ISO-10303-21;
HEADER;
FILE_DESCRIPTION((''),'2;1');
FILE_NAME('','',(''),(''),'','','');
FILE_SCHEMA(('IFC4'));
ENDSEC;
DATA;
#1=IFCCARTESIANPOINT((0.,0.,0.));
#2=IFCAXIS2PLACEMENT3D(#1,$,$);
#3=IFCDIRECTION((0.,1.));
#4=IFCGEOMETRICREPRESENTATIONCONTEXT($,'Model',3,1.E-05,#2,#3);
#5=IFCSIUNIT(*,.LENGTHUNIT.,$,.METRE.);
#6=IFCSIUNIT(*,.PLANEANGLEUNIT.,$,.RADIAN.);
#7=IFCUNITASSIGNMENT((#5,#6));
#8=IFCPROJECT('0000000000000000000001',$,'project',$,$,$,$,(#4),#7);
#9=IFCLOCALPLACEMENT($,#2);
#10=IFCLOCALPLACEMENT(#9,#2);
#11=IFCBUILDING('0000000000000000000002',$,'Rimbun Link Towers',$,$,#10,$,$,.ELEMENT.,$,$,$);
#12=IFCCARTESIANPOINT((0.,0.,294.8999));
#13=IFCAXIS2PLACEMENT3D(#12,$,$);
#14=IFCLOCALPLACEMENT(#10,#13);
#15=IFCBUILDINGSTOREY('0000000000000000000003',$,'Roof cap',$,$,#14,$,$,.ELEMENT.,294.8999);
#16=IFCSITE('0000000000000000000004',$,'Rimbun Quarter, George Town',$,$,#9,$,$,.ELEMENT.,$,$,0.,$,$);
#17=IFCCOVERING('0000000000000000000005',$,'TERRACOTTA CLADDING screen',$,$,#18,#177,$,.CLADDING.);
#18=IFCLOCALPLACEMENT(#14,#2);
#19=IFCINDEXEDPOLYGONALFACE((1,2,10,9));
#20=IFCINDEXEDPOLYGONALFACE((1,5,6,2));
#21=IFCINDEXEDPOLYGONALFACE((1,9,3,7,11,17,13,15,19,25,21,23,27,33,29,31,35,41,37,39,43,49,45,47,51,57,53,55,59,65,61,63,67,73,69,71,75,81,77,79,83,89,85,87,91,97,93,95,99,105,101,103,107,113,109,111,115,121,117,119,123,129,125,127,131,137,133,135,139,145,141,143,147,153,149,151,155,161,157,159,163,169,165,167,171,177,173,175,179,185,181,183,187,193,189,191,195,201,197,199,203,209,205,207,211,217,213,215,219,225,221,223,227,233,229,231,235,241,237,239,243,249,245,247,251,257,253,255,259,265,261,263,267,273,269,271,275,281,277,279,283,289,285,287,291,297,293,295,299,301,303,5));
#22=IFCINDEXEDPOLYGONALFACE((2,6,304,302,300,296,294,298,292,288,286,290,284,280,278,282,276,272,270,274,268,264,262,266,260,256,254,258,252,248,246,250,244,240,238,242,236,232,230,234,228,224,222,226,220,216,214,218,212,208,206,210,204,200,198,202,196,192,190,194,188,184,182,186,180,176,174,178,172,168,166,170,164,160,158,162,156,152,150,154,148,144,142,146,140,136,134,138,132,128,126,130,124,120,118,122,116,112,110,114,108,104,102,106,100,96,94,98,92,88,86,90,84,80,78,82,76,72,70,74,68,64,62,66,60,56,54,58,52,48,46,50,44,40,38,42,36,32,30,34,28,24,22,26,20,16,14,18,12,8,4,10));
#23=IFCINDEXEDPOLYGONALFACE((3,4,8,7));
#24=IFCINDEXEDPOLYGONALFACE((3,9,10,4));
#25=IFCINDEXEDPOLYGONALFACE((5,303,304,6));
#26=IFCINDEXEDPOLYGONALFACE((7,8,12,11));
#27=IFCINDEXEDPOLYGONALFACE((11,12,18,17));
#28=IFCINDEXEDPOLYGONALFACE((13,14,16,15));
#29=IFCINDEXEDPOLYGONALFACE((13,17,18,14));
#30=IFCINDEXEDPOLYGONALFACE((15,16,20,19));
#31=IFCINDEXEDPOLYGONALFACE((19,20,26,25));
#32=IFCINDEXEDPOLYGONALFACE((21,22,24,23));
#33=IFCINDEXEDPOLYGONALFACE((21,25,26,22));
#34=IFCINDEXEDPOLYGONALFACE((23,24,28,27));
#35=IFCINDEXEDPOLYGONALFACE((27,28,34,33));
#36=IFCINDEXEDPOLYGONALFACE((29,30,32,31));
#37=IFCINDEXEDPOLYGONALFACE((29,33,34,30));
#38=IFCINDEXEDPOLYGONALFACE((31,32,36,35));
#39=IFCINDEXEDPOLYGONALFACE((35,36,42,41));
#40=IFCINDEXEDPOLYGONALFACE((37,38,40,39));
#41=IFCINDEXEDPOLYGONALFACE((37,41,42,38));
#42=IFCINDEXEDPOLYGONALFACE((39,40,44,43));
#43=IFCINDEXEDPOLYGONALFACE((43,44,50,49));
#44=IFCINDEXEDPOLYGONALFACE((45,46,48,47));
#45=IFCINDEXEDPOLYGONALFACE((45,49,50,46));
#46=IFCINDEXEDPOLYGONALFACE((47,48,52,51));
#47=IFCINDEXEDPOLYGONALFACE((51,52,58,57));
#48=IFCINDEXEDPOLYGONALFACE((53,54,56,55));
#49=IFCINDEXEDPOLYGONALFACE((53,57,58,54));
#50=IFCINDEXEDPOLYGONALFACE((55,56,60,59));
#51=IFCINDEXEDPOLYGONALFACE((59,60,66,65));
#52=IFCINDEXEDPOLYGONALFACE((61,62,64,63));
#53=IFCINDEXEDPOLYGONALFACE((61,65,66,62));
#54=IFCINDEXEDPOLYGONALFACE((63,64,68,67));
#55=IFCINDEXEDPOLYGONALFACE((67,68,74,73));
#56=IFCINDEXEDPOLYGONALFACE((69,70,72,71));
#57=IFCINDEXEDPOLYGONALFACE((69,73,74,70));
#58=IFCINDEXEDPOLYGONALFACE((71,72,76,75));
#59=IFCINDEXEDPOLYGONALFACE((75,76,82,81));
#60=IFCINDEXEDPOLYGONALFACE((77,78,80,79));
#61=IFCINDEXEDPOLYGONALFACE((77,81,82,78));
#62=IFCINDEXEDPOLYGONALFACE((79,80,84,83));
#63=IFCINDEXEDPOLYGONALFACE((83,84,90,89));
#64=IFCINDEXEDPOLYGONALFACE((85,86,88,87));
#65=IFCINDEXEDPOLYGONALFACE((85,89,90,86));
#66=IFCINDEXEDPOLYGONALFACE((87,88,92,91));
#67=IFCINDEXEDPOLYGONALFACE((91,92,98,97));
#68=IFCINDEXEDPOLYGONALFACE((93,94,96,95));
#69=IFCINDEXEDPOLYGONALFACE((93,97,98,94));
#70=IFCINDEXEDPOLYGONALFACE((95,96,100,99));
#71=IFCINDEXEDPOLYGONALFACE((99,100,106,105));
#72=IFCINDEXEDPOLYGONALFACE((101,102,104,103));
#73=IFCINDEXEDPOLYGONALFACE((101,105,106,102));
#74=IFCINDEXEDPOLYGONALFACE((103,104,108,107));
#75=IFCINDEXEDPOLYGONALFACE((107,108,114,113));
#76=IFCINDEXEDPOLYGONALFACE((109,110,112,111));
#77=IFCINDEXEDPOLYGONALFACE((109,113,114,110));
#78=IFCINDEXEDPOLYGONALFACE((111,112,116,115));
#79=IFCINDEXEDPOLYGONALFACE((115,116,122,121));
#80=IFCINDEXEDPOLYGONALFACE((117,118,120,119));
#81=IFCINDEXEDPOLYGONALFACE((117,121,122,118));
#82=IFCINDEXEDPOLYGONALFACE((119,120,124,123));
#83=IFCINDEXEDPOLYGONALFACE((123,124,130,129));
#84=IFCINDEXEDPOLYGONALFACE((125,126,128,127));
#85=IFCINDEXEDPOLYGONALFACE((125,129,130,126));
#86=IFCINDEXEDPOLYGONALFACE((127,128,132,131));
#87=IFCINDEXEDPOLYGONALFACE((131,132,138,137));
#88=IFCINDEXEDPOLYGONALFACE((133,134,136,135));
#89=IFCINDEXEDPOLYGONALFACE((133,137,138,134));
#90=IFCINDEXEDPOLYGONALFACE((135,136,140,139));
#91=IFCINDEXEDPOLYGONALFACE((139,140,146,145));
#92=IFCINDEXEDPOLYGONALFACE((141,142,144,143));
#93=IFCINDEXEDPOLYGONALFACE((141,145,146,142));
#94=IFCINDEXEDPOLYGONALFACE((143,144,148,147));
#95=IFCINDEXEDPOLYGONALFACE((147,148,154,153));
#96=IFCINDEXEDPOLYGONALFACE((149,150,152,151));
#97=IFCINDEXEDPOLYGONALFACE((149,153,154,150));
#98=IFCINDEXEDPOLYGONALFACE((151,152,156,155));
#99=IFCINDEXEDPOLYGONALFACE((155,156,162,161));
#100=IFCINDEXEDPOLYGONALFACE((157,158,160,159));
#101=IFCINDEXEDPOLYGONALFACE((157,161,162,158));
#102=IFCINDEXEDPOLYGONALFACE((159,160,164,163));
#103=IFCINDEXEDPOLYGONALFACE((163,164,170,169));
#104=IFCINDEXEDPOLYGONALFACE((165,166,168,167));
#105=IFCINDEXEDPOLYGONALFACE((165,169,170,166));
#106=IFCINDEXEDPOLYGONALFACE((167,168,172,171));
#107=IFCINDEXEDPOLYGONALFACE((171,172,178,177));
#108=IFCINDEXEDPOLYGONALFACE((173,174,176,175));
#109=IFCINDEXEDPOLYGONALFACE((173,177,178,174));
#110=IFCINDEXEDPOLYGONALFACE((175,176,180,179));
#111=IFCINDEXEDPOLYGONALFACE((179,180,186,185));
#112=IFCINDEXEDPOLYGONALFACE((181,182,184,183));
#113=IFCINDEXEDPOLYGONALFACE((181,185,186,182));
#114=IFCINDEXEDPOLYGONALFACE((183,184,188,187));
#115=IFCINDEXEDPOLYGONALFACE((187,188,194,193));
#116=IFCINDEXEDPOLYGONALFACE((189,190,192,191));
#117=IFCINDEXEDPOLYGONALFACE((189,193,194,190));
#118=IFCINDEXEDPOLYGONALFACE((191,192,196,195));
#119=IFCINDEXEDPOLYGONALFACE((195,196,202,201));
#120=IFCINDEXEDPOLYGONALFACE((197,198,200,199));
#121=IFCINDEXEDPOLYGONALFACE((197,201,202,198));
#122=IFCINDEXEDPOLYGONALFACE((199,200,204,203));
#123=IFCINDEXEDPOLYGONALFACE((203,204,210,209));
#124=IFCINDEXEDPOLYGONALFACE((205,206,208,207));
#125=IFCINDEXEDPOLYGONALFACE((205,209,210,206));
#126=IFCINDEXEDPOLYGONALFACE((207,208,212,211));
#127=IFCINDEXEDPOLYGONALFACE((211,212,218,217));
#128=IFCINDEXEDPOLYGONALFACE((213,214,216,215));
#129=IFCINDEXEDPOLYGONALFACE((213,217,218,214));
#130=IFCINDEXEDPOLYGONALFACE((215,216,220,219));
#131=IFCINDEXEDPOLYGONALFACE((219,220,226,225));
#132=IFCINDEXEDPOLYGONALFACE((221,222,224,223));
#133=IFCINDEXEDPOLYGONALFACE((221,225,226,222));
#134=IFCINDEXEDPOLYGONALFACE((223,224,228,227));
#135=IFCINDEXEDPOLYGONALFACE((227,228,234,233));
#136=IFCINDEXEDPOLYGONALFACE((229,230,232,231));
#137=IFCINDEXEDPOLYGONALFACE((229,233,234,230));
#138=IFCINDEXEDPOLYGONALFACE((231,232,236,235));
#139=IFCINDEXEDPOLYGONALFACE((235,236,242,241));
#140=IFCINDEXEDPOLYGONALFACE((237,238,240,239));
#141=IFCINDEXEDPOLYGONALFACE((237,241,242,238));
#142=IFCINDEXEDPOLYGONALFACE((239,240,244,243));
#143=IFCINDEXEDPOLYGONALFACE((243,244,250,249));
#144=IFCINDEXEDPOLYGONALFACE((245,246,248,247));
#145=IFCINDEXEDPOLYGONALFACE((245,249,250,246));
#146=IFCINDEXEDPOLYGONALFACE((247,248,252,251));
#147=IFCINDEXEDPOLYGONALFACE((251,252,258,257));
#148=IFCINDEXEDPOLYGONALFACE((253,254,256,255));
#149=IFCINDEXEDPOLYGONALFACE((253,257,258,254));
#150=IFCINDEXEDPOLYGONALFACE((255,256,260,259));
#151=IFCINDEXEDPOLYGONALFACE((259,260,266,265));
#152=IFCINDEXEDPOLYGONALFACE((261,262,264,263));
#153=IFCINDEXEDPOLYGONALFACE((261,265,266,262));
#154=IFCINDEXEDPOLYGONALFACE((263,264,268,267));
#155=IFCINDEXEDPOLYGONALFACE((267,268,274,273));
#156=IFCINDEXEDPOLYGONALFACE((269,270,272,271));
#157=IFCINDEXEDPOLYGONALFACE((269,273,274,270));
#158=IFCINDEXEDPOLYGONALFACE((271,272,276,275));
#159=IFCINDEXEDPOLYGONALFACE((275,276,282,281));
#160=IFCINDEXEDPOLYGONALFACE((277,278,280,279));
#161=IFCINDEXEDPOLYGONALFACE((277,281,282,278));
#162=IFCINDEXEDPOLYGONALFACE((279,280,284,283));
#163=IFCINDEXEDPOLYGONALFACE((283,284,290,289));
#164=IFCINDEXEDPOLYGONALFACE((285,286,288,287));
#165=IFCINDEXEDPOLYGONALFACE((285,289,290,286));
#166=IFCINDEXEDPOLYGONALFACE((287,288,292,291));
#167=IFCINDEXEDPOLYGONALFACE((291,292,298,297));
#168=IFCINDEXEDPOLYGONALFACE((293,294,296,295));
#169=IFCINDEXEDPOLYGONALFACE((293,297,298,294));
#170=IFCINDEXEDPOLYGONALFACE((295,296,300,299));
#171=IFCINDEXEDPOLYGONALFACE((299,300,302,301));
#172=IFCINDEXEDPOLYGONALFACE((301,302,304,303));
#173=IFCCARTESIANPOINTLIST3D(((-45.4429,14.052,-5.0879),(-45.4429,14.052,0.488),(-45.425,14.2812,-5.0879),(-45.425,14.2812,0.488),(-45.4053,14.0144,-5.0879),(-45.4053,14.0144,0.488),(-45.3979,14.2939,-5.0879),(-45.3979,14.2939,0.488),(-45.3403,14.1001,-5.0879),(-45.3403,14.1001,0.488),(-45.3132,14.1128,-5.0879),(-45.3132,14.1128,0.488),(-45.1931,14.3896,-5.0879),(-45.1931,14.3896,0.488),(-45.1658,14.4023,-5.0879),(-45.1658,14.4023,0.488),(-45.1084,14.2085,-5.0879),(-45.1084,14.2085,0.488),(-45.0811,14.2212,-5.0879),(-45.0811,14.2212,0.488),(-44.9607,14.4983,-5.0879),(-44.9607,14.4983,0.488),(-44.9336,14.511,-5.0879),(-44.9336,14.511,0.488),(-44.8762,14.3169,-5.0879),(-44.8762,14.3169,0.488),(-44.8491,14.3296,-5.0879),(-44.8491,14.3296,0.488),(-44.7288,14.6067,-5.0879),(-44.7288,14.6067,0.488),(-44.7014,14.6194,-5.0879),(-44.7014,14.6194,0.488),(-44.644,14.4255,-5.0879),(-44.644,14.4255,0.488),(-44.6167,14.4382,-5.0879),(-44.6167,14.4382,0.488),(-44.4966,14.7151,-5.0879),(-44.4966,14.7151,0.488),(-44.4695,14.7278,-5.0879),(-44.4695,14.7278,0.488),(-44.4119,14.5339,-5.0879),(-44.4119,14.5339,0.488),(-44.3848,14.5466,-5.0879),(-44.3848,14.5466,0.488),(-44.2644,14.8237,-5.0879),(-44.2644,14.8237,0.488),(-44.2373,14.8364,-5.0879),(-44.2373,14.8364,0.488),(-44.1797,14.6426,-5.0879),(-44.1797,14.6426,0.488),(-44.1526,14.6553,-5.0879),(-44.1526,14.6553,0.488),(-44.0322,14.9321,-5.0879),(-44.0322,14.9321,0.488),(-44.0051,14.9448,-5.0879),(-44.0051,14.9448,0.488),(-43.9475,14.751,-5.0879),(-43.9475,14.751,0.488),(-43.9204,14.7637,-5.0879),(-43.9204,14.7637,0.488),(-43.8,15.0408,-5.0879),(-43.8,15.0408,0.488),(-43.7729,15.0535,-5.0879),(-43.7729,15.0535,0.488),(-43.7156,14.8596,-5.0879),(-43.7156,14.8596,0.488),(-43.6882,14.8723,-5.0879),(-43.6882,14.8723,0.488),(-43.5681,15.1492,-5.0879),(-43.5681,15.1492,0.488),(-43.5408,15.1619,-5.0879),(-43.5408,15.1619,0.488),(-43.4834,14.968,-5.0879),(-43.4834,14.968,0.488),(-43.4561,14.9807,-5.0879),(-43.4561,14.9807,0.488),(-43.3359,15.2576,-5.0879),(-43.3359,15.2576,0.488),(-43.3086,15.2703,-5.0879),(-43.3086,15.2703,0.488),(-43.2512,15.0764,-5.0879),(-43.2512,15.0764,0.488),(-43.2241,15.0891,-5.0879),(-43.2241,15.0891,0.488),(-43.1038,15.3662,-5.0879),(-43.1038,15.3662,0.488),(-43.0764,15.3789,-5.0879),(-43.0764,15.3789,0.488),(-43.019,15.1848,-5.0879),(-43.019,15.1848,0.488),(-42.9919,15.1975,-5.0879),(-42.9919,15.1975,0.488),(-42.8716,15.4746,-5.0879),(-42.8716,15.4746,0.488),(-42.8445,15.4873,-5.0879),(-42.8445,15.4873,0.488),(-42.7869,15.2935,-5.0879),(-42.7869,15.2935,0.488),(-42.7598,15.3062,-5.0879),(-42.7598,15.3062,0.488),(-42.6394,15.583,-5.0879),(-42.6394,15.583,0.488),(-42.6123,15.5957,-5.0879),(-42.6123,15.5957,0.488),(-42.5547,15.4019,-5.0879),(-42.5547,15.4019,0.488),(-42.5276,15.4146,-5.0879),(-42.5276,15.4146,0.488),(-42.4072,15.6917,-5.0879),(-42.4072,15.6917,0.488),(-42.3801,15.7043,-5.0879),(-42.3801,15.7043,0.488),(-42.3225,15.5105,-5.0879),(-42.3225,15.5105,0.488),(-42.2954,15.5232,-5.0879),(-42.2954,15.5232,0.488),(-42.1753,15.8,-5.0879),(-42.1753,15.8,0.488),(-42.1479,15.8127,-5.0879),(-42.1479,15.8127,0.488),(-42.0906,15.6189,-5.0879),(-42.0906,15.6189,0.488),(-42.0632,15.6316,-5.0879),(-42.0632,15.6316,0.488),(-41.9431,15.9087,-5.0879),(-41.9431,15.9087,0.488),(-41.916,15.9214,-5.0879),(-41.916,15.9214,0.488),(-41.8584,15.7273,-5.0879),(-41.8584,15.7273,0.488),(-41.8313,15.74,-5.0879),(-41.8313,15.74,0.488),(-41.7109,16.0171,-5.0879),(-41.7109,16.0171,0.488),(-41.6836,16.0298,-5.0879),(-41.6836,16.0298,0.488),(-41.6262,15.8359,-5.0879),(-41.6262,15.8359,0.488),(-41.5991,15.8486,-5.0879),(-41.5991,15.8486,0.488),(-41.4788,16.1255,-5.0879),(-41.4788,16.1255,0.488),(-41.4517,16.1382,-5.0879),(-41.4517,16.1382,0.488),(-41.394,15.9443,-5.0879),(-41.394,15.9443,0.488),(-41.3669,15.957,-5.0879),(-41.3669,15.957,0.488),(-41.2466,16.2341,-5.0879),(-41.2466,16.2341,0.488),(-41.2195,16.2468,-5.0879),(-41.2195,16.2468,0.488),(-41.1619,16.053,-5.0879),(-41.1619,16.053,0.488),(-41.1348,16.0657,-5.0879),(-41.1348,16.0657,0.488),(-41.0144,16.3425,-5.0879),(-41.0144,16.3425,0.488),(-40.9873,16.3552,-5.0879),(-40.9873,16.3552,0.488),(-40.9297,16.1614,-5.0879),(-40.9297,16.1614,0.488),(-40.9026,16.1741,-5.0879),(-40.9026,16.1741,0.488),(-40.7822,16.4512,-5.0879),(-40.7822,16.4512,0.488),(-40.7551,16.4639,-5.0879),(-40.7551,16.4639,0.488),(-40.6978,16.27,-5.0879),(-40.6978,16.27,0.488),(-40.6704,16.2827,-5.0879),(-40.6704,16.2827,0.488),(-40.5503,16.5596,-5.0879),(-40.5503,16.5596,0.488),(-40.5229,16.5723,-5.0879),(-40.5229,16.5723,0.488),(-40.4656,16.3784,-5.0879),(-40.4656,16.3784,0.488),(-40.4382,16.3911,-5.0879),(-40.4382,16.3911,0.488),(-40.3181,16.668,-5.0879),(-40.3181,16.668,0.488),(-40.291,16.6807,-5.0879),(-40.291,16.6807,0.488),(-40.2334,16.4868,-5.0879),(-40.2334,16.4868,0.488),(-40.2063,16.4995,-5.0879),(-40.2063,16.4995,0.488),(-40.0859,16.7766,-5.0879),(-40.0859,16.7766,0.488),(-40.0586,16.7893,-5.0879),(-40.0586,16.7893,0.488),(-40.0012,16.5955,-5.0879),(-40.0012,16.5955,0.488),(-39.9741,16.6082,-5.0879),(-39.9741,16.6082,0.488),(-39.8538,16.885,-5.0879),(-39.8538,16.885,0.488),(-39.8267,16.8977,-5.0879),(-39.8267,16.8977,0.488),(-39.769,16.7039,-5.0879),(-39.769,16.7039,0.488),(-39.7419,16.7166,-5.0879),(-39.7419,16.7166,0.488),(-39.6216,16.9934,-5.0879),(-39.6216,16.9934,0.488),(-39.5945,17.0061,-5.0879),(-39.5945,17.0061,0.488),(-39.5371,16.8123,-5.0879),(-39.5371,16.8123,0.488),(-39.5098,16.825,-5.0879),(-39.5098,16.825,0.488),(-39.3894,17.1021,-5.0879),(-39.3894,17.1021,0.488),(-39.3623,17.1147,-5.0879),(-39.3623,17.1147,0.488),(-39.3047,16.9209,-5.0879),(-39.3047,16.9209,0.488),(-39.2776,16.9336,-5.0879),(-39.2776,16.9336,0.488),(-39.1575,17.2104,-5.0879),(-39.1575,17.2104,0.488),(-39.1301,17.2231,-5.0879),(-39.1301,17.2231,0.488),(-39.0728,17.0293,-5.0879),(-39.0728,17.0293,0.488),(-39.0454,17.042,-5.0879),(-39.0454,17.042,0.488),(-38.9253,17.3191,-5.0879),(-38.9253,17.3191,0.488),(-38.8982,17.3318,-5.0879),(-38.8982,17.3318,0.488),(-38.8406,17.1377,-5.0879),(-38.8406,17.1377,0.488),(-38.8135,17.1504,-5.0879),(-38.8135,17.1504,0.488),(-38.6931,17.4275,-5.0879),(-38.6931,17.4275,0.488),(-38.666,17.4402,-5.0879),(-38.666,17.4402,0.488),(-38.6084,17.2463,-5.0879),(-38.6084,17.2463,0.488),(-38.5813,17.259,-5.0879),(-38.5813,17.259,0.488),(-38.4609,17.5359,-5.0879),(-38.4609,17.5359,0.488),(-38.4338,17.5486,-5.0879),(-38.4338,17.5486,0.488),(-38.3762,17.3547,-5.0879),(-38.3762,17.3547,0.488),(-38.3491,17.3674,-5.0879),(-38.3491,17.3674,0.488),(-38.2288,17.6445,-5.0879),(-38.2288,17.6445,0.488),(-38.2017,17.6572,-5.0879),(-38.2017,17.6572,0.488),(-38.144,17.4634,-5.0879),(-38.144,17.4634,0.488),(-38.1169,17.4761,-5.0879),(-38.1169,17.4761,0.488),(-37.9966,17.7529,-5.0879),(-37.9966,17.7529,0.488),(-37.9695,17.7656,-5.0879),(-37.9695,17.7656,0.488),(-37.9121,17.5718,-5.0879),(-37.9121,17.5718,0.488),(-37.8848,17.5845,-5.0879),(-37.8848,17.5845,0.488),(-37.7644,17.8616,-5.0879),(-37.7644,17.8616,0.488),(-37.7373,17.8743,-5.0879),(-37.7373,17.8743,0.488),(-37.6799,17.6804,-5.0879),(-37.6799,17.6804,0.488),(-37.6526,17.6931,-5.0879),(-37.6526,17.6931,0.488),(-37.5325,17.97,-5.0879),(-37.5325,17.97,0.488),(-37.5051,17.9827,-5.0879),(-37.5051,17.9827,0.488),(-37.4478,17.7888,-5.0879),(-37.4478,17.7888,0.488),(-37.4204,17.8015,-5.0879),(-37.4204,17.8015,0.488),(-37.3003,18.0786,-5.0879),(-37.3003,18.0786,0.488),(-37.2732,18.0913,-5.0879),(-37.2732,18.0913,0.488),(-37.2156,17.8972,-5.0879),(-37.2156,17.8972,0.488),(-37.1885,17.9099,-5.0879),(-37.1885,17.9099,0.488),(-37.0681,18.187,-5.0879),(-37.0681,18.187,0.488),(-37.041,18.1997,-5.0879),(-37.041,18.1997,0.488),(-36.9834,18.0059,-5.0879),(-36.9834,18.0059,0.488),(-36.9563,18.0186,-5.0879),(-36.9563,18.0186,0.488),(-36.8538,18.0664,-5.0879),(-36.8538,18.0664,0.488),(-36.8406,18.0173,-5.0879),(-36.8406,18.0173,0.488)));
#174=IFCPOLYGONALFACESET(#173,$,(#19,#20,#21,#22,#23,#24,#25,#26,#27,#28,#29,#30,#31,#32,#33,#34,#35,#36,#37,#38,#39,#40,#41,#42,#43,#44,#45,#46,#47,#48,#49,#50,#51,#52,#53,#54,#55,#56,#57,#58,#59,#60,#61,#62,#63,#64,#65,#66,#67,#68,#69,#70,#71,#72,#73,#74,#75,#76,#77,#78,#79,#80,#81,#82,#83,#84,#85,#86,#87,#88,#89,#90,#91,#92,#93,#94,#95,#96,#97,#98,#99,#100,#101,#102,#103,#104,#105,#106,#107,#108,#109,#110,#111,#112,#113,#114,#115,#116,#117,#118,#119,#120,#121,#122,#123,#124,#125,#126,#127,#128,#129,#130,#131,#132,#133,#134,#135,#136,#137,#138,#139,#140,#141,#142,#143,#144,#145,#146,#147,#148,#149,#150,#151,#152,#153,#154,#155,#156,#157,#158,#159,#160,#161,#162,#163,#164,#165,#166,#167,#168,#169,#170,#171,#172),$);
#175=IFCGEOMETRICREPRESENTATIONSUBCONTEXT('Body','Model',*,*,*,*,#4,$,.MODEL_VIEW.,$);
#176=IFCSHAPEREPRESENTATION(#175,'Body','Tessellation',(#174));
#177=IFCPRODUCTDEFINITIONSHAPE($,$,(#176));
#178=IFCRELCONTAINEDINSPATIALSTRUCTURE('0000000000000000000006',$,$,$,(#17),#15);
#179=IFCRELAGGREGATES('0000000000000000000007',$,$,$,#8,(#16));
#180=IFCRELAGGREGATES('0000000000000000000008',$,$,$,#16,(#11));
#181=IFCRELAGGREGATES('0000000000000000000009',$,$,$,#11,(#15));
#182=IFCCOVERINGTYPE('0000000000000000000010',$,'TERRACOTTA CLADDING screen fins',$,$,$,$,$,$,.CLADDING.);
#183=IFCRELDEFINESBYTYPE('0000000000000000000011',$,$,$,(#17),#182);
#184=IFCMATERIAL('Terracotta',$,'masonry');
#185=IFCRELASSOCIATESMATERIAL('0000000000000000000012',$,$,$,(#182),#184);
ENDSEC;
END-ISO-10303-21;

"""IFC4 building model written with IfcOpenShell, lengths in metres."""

from ifc_helpers import new_model, si_unit, direction, frame, origin, place, context, subcontext, project, spatial, polyline, outline, extrude, material, type_object, element, save


model = new_model("IFC4")

# Units and contexts
model_context = context("Model", 3, precision=1e-05, world=origin(), true_north=direction((0.0, 1.0)))
body_context = subcontext(model_context, "Body", "Model", "MODEL_VIEW")
ifc_project = project(units=[si_unit("LENGTHUNIT", "METRE"), si_unit("PLANEANGLEUNIT", "RADIAN")], contexts=[model_context])

# Site, building, storey
site_placement = place(None, origin())
site = spatial("IfcSite", under=ifc_project, at=site_placement, Name="Rimbun Quarter, George Town", CompositionType="ELEMENT", RefElevation=0.0)
building_placement = place(site_placement, origin())
building = spatial("IfcBuilding", under=site, at=building_placement, Name="Rimbun Link Towers", CompositionType="ELEMENT")
storey_placement = place(building_placement, frame((0.0, 0.0, 294.8999)))
storey = spatial("IfcBuildingStorey", under=building, at=storey_placement, Name="Roof cap", CompositionType="ELEMENT", Elevation=294.8999)

# Covering
ifc_material = material(Name="Terracotta", Category="masonry")
covering_type = type_object("IfcCoveringType", Name="TERRACOTTA CLADDING screen fins", PredefinedType="CLADDING", material=ifc_material)
covering_1_placement = place(storey_placement, frame((0.0, 0.0, -5.0879)))
element("IfcCovering", 1, at=covering_1_placement, inside=storey, type_object=covering_type, Name="TERRACOTTA CLADDING screen", PredefinedType="CLADDING", context=body_context, shape_type="SweptSolid", body=[
    extrude(outline(polyline([(-36.8538, 18.0664), (-36.9563, 18.0186), (-37.041, 18.1997), (-37.0681, 18.187), (-36.9834, 18.0059), (-37.1885, 17.9099), (-37.2732, 18.0913), (-37.3003, 18.0786), (-37.2156, 17.8972), (-37.4204, 17.8015), (-37.5051, 17.9827), (-37.5325, 17.97), (-37.4478, 17.7888), (-37.6526, 17.6931), (-37.7373, 17.8743), (-37.7644, 17.8616), (-37.6799, 17.6804), (-37.8848, 17.5845), (-37.9695, 17.7656), (-37.9966, 17.7529), (-37.9121, 17.5718), (-38.1169, 17.4761), (-38.2017, 17.6572), (-38.2288, 17.6445), (-38.144, 17.4634), (-38.3491, 17.3674), (-38.4338, 17.5486), (-38.4609, 17.5359), (-38.3762, 17.3547), (-38.5813, 17.259), (-38.666, 17.4402), (-38.6931, 17.4275), (-38.6084, 17.2463), (-38.8135, 17.1504), (-38.8982, 17.3318), (-38.9253, 17.3191), (-38.8406, 17.1377), (-39.0454, 17.042), (-39.1301, 17.2231), (-39.1575, 17.2104), (-39.0728, 17.0293), (-39.2776, 16.9336), (-39.3623, 17.1147), (-39.3894, 17.1021), (-39.3047, 16.9209), (-39.5098, 16.825), (-39.5945, 17.0061), (-39.6216, 16.9934), (-39.5371, 16.8123), (-39.7419, 16.7166), (-39.8267, 16.8977), (-39.8538, 16.885), (-39.769, 16.7039), (-39.9741, 16.6082), (-40.0586, 16.7893), (-40.0859, 16.7766), (-40.0012, 16.5955), (-40.2063, 16.4995), (-40.291, 16.6807), (-40.3181, 16.668), (-40.2334, 16.4868), (-40.4382, 16.3911), (-40.5229, 16.5723), (-40.5503, 16.5596), (-40.4656, 16.3784), (-40.6704, 16.2827), (-40.7551, 16.4639), (-40.7822, 16.4512), (-40.6978, 16.27), (-40.9026, 16.1741), (-40.9873, 16.3552), (-41.0144, 16.3425), (-40.9297, 16.1614), (-41.1348, 16.0657), (-41.2195, 16.2468), (-41.2466, 16.2341), (-41.1619, 16.053), (-41.3669, 15.957), (-41.4517, 16.1382), (-41.4788, 16.1255), (-41.394, 15.9443), (-41.5991, 15.8486), (-41.6836, 16.0298), (-41.7109, 16.0171), (-41.6262, 15.8359), (-41.8313, 15.74), (-41.916, 15.9214), (-41.9431, 15.9087), (-41.8584, 15.7273), (-42.0632, 15.6316), (-42.1479, 15.8127), (-42.1753, 15.8), (-42.0906, 15.6189), (-42.2954, 15.5232), (-42.3801, 15.7043), (-42.4072, 15.6917), (-42.3225, 15.5105), (-42.5276, 15.4146), (-42.6123, 15.5957), (-42.6394, 15.583), (-42.5547, 15.4019), (-42.7598, 15.3062), (-42.8445, 15.4873), (-42.8716, 15.4746), (-42.7869, 15.2935), (-42.9919, 15.1975), (-43.0764, 15.3789), (-43.1038, 15.3662), (-43.019, 15.1848), (-43.2241, 15.0891), (-43.3086, 15.2703), (-43.3359, 15.2576), (-43.2512, 15.0764), (-43.4561, 14.9807), (-43.5408, 15.1619), (-43.5681, 15.1492), (-43.4834, 14.968), (-43.6882, 14.8723), (-43.7729, 15.0535), (-43.8, 15.0408), (-43.7156, 14.8596), (-43.9204, 14.7637), (-44.0051, 14.9448), (-44.0322, 14.9321), (-43.9475, 14.751), (-44.1526, 14.6553), (-44.2373, 14.8364), (-44.2644, 14.8237), (-44.1797, 14.6426), (-44.3848, 14.5466), (-44.4695, 14.7278), (-44.4966, 14.7151), (-44.4119, 14.5339), (-44.6167, 14.4382), (-44.7014, 14.6194), (-44.7288, 14.6067), (-44.644, 14.4255), (-44.8491, 14.3296), (-44.9336, 14.511), (-44.9607, 14.4983), (-44.8762, 14.3169), (-45.0811, 14.2212), (-45.1658, 14.4023), (-45.1931, 14.3896), (-45.1084, 14.2085), (-45.3132, 14.1128), (-45.3979, 14.2939), (-45.425, 14.2812), (-45.3403, 14.1001), (-45.4429, 14.052), (-45.4053, 14.0144), (-36.8406, 18.0173), (-36.8538, 18.0664)])), origin(), (0.0, 0.0, 1.0), 5.5759),
])

save(model, "model.ifc")
